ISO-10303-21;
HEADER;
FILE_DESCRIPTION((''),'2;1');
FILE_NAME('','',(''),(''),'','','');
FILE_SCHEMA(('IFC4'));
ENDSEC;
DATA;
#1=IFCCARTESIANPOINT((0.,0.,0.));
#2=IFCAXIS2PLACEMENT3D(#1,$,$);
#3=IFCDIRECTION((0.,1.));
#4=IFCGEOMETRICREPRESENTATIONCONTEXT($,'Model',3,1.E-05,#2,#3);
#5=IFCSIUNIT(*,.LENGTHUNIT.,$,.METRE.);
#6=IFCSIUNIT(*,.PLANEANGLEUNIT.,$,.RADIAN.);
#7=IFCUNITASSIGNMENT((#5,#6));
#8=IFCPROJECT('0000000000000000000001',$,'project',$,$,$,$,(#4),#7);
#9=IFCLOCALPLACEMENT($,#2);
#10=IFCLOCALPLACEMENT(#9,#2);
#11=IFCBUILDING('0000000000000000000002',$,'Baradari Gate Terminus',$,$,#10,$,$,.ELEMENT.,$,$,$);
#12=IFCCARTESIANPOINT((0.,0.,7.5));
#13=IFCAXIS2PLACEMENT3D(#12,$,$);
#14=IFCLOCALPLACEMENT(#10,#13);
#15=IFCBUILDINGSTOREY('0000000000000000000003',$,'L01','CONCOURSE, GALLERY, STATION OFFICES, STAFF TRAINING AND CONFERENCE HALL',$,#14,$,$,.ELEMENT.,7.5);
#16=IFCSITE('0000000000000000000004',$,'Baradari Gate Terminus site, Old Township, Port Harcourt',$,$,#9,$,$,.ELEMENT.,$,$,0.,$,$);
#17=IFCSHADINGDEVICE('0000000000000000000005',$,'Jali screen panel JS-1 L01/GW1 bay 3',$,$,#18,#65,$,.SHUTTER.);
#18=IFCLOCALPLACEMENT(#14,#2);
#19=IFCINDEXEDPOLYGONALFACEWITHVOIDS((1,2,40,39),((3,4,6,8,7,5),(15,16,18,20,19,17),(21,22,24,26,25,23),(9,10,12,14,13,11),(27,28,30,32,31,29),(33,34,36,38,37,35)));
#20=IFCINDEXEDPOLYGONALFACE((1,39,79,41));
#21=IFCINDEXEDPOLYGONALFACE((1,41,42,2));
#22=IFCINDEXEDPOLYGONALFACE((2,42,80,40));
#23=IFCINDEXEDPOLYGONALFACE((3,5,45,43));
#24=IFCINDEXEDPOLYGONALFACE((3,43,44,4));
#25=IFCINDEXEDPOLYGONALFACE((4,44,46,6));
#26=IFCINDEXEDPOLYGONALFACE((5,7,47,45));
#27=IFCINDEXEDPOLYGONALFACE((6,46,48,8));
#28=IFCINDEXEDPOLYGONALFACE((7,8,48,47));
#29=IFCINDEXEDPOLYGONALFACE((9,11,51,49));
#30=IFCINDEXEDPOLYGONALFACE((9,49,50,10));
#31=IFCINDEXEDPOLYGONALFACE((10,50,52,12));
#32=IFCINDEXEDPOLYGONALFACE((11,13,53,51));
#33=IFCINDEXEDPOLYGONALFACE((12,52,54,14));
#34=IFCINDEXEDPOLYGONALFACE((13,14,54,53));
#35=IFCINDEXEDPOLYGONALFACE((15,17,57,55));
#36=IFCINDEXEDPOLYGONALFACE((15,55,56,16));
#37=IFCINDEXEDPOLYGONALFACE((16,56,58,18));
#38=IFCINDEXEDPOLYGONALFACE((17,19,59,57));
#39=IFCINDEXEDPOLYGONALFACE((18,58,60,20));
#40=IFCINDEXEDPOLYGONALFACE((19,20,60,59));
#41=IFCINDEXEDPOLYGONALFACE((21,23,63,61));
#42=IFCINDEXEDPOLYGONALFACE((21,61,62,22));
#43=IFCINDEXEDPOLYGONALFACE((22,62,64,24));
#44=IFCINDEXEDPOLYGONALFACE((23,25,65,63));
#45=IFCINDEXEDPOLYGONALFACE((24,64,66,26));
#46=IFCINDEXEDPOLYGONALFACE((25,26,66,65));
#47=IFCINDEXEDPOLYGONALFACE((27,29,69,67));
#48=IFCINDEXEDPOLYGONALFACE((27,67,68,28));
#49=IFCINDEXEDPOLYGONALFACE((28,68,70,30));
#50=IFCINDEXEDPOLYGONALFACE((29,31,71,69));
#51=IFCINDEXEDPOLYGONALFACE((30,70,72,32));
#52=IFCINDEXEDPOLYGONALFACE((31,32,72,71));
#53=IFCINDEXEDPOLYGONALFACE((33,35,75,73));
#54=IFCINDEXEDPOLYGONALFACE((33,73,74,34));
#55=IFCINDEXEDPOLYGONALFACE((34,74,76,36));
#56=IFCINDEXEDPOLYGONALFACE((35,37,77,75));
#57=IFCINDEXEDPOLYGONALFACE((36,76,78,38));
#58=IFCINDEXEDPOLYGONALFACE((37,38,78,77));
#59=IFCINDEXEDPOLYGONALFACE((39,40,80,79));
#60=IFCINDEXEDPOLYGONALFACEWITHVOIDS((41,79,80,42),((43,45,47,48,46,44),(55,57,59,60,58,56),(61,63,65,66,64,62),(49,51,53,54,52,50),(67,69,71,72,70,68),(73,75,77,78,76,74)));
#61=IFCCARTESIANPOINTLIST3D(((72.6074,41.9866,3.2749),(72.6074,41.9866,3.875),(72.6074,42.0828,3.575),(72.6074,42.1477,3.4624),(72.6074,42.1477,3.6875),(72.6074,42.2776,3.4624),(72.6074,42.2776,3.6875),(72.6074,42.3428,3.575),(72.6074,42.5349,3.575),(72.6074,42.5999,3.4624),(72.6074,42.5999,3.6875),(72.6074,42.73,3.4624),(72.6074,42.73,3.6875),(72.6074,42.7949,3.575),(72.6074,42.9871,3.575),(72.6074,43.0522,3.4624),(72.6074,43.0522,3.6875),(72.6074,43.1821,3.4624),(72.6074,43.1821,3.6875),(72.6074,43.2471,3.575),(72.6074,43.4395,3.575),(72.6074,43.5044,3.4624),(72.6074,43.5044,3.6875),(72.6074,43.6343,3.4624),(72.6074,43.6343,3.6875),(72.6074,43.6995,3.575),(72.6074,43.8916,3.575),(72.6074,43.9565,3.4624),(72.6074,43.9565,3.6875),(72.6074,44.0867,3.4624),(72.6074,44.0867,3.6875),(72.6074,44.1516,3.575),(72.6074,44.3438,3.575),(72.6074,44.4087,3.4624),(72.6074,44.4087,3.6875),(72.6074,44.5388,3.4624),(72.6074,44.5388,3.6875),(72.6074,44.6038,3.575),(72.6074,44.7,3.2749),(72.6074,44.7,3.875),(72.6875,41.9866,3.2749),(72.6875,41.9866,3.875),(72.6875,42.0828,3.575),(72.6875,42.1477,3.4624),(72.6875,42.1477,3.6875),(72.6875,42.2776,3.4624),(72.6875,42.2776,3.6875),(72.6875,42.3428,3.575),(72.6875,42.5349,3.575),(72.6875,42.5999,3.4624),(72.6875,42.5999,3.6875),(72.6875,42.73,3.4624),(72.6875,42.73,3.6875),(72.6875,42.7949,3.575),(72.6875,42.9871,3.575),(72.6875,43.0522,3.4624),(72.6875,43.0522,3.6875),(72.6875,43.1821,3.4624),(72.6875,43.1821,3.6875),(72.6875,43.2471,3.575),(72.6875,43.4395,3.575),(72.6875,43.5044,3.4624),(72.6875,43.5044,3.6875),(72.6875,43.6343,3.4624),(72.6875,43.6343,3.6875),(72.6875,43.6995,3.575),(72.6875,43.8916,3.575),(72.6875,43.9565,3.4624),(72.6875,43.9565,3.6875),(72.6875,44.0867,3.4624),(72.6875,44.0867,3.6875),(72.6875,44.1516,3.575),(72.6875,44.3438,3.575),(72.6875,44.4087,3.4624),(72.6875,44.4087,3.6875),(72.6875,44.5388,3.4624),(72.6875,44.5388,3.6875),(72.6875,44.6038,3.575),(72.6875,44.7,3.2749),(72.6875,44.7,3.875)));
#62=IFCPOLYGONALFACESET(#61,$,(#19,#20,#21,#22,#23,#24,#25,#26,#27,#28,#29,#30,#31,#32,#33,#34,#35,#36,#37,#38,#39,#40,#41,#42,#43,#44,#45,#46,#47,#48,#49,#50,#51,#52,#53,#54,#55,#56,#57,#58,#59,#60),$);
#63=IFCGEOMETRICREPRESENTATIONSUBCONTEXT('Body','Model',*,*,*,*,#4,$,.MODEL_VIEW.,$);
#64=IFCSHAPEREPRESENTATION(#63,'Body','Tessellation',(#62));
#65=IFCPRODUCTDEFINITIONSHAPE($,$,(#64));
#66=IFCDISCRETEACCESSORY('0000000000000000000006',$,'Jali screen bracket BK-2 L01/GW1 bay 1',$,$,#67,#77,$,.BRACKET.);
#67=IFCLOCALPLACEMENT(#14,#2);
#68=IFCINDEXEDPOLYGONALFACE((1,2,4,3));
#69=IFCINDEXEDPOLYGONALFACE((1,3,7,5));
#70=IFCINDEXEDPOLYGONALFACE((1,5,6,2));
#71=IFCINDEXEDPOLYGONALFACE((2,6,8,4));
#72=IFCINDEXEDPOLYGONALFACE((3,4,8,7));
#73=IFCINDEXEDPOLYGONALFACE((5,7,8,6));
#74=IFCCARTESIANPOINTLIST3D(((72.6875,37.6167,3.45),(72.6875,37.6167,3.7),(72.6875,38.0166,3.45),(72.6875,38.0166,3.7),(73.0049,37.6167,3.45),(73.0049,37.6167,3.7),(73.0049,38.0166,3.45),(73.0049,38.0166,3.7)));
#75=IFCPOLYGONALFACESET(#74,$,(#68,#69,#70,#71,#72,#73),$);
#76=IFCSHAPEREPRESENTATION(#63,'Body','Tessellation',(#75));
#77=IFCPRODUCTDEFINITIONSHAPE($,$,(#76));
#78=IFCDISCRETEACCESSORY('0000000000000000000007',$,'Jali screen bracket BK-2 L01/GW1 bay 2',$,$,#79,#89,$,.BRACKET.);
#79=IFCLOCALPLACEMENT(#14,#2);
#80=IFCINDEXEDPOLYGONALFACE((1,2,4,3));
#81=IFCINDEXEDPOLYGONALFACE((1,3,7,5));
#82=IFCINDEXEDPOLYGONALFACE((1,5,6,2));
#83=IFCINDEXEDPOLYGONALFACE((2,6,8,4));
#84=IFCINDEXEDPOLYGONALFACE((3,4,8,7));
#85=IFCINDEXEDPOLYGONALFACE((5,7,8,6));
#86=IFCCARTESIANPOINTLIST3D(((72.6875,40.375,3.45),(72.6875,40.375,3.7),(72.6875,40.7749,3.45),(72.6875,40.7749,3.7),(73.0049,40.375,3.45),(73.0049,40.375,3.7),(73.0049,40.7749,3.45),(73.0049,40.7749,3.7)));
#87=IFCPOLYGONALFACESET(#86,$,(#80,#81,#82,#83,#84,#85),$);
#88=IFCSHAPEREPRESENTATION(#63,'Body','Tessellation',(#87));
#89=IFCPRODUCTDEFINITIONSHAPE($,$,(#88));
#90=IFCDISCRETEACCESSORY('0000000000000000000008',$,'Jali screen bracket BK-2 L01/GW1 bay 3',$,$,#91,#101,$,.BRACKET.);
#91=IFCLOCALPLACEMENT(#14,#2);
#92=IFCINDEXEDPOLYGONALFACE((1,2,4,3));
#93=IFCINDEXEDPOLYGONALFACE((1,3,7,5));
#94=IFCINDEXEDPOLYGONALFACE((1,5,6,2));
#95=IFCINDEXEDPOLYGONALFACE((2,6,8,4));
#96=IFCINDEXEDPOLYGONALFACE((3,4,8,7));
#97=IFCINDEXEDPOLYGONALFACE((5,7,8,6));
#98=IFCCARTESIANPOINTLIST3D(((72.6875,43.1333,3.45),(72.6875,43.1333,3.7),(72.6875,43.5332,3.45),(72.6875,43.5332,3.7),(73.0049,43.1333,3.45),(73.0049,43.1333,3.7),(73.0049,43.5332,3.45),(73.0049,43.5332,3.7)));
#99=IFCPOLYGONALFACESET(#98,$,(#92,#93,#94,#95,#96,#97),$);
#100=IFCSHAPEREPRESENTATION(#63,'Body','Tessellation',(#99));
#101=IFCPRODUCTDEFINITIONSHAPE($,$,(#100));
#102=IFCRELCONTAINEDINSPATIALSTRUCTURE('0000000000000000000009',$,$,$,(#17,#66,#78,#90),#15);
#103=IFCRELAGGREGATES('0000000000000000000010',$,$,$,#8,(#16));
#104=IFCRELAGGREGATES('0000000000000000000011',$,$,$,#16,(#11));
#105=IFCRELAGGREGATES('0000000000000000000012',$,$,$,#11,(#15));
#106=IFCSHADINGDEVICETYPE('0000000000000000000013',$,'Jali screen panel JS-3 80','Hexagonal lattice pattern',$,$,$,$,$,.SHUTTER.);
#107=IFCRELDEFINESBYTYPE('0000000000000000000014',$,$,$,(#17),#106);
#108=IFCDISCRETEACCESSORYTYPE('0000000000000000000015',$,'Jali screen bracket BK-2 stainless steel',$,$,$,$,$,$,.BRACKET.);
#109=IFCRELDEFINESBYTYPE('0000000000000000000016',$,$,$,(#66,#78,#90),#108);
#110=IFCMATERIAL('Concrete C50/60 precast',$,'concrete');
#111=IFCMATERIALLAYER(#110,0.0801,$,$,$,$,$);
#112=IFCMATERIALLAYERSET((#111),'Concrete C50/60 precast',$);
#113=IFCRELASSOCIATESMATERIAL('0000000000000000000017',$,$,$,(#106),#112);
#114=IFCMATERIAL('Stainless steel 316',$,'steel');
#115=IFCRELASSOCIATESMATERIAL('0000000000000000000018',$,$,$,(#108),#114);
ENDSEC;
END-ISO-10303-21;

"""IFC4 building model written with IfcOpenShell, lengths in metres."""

from ifc_helpers import new_model, si_unit, direction, frame, origin, origin_2d, place, context, subcontext, project, spatial, polyline, rectangle, outline, extrude, material, layer, layer_set, type_object, element, save


model = new_model("IFC4")

# Units and contexts
model_context = context("Model", 3, precision=1e-05, world=origin(), true_north=direction((0.0, 1.0)))
body_context = subcontext(model_context, "Body", "Model", "MODEL_VIEW")
ifc_project = project(units=[si_unit("LENGTHUNIT", "METRE"), si_unit("PLANEANGLEUNIT", "RADIAN")], contexts=[model_context])

# Site, building, storey
site_placement = place(None, origin())
site = spatial("IfcSite", under=ifc_project, at=site_placement, Name="Baradari Gate Terminus site, Old Township, Port Harcourt", CompositionType="ELEMENT", RefElevation=0.0)
building_placement = place(site_placement, origin())
building = spatial("IfcBuilding", under=site, at=building_placement, Name="Baradari Gate Terminus", CompositionType="ELEMENT")
storey_placement = place(building_placement, frame((0.0, 0.0, 7.5)))
storey = spatial("IfcBuildingStorey", under=building, at=storey_placement, Name="L01", Description="CONCOURSE, GALLERY, STATION OFFICES, STAFF TRAINING AND CONFERENCE HALL", CompositionType="ELEMENT", Elevation=7.5)

# Shading device
ifc_material_1 = material(Name="Concrete C50/60 precast", Category="concrete")
ifc_layer_1 = layer(ifc_material_1, 0.0801)
ifc_layer_set_1 = layer_set([ifc_layer_1], Name="Concrete C50/60 precast")
shading_device_type = type_object("IfcShadingDeviceType", Name="Jali screen panel JS-3 80", Description="Hexagonal lattice pattern", PredefinedType="SHUTTER", material=ifc_layer_set_1)
shading_device_1_placement = place(storey_placement, frame((72.6475, 41.9866, 3.2749), z_axis=(0.0, 0.0, 1.0), x_axis=(0.0, 1.0, 0.0)))
element("IfcShadingDevice", 1, at=shading_device_1_placement, inside=storey, type_object=shading_device_type, Name="Jali screen panel JS-1 L01/GW1 bay 3", PredefinedType="SHUTTER", context=body_context, shape_type="SweptSolid", body=[
    extrude(outline(polyline([(0.0, 0.0), (2.7134, 0.0), (2.7134, 0.6001), (0.0, 0.6001), (0.0, 0.0)]), holes=[polyline([(0.3562, 0.3), (0.291, 0.1875), (0.1611, 0.1875), (0.0962, 0.3), (0.1611, 0.4126), (0.291, 0.4126), (0.3562, 0.3)]), polyline([(0.8083, 0.3), (0.7434, 0.1875), (0.6133, 0.1875), (0.5483, 0.3), (0.6133, 0.4126), (0.7434, 0.4126), (0.8083, 0.3)]), polyline([(1.2605, 0.3), (1.1956, 0.1875), (1.0657, 0.1875), (1.0005, 0.3), (1.0657, 0.4126), (1.1956, 0.4126), (1.2605, 0.3)]), polyline([(1.7129, 0.3), (1.6477, 0.1875), (1.5178, 0.1875), (1.4529, 0.3), (1.5178, 0.4126), (1.6477, 0.4126), (1.7129, 0.3)]), polyline([(2.165, 0.3), (2.1001, 0.1875), (1.97, 0.1875), (1.905, 0.3), (1.97, 0.4126), (2.1001, 0.4126), (2.165, 0.3)]), polyline([(2.6172, 0.3), (2.5522, 0.1875), (2.4221, 0.1875), (2.3572, 0.3), (2.4221, 0.4126), (2.5522, 0.4126), (2.6172, 0.3)])]), frame((0.0, 0.04, 0.0), z_axis=(0.0, -1.0, 0.0), x_axis=(1.0, 0.0, 0.0)), (0.0, 0.0, 1.0), 0.0801),
])

# Discrete accessories
ifc_material_2 = material(Name="Stainless steel 316", Category="steel")
discrete_accessory_type = type_object("IfcDiscreteAccessoryType", Name="Jali screen bracket BK-2 stainless steel", PredefinedType="BRACKET", material=ifc_material_2)
for number, where, z_axis, x_axis, name in (
    (2, (72.8462, 37.8167, 3.45), (0.0, 0.0, 1.0), (-1.0, 0.0, 0.0), "Jali screen bracket BK-2 L01/GW1 bay 1"),
    (3, (72.8462, 40.575, 3.45), (0.0, 0.0, 1.0), (-1.0, 0.0, 0.0), "Jali screen bracket BK-2 L01/GW1 bay 2"),
    (4, (72.8462, 43.3333, 3.45), (0.0, 0.0, 1.0), (-1.0, 0.0, 0.0), "Jali screen bracket BK-2 L01/GW1 bay 3"),
):
    element("IfcDiscreteAccessory", number, at=place(storey_placement, frame(where, z_axis=z_axis, x_axis=x_axis)), inside=storey, type_object=discrete_accessory_type, Name=name, PredefinedType="BRACKET", context=body_context, shape_type="SweptSolid", body=[
        extrude(rectangle(XDim=0.3174, YDim=0.3999, at=origin_2d()), origin(), (0.0, 0.0, 1.0), 0.25),
    ])

save(model, "model.ifc")
